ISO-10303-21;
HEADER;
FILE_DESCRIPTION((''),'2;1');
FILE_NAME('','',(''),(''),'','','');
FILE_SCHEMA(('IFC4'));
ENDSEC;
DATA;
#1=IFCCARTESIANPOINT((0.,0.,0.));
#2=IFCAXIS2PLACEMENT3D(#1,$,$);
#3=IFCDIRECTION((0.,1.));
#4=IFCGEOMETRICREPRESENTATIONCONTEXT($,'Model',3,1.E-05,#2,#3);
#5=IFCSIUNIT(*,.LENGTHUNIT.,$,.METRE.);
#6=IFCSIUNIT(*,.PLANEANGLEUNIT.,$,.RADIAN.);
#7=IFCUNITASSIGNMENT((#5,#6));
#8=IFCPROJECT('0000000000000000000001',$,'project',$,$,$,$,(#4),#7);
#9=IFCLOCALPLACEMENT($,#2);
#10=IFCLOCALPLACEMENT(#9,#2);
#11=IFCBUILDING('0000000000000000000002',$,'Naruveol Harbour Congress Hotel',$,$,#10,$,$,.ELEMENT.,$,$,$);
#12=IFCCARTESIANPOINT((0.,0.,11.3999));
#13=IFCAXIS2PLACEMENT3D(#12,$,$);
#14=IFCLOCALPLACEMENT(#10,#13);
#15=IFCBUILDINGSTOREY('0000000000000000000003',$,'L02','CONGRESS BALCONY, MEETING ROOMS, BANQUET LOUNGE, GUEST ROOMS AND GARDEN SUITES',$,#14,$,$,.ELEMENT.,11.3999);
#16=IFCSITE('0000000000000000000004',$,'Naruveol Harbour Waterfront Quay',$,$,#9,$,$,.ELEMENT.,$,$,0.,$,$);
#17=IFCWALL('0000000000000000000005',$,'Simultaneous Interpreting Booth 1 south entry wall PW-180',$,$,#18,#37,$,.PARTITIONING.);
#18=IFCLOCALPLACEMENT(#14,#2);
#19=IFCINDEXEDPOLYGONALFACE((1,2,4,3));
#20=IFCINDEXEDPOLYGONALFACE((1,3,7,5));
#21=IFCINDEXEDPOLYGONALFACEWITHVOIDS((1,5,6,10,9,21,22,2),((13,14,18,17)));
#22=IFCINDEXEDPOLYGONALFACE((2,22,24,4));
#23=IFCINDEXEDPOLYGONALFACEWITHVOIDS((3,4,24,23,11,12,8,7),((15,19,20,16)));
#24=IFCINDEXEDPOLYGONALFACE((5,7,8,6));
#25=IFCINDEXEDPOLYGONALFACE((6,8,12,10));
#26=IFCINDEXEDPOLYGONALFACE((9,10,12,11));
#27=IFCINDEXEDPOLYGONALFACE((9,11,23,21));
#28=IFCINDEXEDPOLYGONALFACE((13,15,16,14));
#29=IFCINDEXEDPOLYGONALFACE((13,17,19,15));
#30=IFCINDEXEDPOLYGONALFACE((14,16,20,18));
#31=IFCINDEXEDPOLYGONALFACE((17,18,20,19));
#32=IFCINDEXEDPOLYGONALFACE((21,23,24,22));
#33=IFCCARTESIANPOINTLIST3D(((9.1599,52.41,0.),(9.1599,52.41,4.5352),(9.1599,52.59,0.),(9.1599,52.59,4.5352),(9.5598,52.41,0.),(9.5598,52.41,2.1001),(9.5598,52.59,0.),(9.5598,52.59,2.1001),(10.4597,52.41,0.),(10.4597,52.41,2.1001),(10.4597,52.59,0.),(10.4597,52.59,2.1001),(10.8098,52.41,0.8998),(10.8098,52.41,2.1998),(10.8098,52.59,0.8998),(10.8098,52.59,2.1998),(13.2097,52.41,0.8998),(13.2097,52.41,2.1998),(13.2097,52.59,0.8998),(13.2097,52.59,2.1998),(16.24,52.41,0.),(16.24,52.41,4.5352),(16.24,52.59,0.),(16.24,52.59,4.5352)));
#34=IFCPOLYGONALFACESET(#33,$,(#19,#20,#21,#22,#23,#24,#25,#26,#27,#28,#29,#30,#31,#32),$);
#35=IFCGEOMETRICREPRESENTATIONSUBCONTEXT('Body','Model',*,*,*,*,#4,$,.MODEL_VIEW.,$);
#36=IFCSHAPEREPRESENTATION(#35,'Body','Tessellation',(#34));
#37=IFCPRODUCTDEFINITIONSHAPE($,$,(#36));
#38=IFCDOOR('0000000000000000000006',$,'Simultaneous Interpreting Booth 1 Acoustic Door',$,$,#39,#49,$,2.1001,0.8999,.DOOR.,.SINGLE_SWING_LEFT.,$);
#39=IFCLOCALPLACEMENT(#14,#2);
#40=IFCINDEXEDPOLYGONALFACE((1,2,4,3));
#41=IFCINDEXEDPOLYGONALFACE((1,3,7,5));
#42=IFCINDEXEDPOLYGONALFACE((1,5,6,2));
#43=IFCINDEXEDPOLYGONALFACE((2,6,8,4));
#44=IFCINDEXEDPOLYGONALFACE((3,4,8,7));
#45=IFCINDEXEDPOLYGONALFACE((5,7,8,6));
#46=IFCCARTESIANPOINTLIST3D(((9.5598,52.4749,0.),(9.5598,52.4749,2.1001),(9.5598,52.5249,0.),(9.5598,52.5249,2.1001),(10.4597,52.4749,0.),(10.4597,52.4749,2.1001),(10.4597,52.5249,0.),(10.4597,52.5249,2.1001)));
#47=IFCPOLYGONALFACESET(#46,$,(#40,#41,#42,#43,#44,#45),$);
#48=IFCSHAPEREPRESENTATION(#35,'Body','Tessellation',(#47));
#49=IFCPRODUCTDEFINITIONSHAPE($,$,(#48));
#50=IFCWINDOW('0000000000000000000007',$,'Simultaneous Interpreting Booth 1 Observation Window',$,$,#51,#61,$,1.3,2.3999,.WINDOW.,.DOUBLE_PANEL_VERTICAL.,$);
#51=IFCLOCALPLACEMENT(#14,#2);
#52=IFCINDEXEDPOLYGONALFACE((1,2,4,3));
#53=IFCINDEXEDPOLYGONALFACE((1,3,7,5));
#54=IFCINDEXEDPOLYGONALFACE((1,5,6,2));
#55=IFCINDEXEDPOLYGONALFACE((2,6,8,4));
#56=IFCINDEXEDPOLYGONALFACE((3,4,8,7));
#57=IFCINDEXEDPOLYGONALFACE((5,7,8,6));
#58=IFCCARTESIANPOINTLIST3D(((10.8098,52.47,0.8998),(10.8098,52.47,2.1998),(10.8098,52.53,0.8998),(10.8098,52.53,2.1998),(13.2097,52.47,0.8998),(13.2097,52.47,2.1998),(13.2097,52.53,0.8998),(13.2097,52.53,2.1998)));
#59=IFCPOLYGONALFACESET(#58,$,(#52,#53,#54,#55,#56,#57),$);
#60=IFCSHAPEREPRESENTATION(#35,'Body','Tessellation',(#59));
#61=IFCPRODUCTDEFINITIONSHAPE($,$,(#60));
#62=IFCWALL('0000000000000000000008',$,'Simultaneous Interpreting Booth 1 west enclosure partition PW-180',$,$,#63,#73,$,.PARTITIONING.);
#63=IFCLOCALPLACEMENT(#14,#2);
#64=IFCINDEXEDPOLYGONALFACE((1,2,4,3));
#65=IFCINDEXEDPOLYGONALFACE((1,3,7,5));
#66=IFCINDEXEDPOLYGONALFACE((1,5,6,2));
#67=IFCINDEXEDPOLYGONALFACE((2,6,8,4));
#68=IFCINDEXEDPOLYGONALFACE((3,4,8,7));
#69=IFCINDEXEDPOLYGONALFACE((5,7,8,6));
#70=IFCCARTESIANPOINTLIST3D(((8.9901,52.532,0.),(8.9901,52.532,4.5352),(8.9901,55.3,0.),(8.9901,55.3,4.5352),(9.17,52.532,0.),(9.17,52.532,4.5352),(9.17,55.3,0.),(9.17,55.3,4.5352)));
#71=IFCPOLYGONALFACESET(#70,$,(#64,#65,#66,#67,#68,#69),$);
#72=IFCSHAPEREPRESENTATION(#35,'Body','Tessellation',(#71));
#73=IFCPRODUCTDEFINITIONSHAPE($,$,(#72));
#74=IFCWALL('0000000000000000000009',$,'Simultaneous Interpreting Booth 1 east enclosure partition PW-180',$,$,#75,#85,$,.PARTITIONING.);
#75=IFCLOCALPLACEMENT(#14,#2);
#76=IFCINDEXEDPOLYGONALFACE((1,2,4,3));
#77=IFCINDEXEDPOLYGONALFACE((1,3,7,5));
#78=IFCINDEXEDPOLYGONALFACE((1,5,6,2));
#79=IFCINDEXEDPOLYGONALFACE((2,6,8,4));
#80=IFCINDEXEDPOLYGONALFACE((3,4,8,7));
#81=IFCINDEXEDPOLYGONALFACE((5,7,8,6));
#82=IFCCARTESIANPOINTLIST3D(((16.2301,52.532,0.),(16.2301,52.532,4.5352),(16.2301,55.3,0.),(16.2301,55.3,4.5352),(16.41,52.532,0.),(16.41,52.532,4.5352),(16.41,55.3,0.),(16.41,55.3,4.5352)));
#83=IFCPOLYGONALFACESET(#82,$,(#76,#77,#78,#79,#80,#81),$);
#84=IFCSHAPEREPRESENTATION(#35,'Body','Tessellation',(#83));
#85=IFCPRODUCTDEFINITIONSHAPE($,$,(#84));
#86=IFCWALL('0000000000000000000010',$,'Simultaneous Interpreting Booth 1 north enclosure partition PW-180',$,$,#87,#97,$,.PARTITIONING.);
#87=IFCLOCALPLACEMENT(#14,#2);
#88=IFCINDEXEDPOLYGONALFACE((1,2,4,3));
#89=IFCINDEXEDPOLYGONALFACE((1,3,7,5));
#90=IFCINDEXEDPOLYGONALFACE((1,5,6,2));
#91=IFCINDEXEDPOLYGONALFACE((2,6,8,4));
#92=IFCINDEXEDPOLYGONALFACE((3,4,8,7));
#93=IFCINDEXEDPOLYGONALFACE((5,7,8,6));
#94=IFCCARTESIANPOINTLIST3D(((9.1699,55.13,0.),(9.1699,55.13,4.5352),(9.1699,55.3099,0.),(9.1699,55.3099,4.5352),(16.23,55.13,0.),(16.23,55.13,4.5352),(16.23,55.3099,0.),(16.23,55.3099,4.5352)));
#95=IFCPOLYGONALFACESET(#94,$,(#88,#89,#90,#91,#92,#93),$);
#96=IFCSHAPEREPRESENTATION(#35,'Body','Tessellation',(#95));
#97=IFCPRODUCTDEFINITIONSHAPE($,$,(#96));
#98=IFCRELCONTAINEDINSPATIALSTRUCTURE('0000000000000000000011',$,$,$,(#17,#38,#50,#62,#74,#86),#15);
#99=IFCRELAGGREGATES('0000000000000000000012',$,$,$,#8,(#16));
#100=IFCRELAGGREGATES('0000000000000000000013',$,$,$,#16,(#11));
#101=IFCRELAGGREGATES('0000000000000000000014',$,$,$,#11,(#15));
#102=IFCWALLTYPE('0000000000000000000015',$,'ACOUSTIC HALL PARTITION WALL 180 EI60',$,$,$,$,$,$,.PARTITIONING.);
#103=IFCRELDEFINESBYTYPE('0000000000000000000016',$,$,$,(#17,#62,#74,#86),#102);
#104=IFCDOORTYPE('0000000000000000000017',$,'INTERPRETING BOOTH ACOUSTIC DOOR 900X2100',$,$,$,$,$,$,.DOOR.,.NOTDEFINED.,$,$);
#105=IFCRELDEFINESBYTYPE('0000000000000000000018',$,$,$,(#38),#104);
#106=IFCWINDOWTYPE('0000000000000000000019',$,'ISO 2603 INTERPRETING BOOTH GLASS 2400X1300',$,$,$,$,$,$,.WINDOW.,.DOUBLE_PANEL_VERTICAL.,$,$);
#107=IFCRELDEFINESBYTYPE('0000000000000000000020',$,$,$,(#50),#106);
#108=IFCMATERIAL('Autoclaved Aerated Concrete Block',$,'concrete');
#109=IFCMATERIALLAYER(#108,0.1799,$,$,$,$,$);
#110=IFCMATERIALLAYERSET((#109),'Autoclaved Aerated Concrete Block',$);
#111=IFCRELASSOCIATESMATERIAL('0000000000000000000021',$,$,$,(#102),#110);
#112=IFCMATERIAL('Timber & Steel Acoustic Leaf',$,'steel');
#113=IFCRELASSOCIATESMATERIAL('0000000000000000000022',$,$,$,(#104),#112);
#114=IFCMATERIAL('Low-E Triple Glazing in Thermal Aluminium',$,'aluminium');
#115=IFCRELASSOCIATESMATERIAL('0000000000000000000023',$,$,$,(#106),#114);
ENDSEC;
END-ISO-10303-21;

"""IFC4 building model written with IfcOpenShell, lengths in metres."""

from ifc_helpers import new_model, si_unit, direction, frame, frame_2d, origin, place, context, subcontext, project, spatial, rectangle, extrude, material, layer, layer_set, type_object, element, fill, save


model = new_model("IFC4")

# Units and contexts
model_context = context("Model", 3, precision=1e-05, world=origin(), true_north=direction((0.0, 1.0)))
body_context = subcontext(model_context, "Body", "Model", "MODEL_VIEW")
ifc_project = project(units=[si_unit("LENGTHUNIT", "METRE"), si_unit("PLANEANGLEUNIT", "RADIAN")], contexts=[model_context])

# Site, building, storey
site_placement = place(None, origin())
site = spatial("IfcSite", under=ifc_project, at=site_placement, Name="Naruveol Harbour Waterfront Quay", CompositionType="ELEMENT", RefElevation=0.0)
building_placement = place(site_placement, origin())
building = spatial("IfcBuilding", under=site, at=building_placement, Name="Naruveol Harbour Congress Hotel", CompositionType="ELEMENT")
storey_placement = place(building_placement, frame((0.0, 0.0, 11.3999)))
storey = spatial("IfcBuildingStorey", under=building, at=storey_placement, Name="L02", Description="CONGRESS BALCONY, MEETING ROOMS, BANQUET LOUNGE, GUEST ROOMS AND GARDEN SUITES", CompositionType="ELEMENT", Elevation=11.3999)

# Wall, openings, door, window
ifc_material_1 = material(Name="Autoclaved Aerated Concrete Block", Category="concrete")
ifc_layer_1 = layer(ifc_material_1, 0.1799)
ifc_layer_set_1 = layer_set([ifc_layer_1], Name="Autoclaved Aerated Concrete Block")
wall_type_1 = type_object("IfcWallType", Name="ACOUSTIC HALL PARTITION WALL 180 EI60", PredefinedType="PARTITIONING", material=ifc_layer_set_1)
wall_1_placement = place(storey_placement, frame((9.1599, 52.5, 0.0), z_axis=(0.0, 0.0, 1.0), x_axis=(1.0, 0.0, 0.0)))
wall_1 = element("IfcWall", 1, at=wall_1_placement, inside=storey, type_object=wall_type_1, Name="Simultaneous Interpreting Booth 1 south entry wall PW-180", PredefinedType="PARTITIONING", context=body_context, shape_type="SweptSolid", body=[
    extrude(rectangle(XDim=7.0801, YDim=0.1799, at=frame_2d((3.54, 0.0))), origin(), (0.0, 0.0, 1.0), 4.5352),
])
opening_1_placement = place(wall_1_placement, frame((0.3999, 0.0, 0.0)))
opening_1 = element("IfcOpeningElement", 2, at=opening_1_placement, cuts=wall_1, PredefinedType="OPENING", context=body_context, shape_type="SweptSolid", body=[
    extrude(rectangle(XDim=0.8999, YDim=2.1001, at=frame_2d((0.45, 1.05))), frame((0.0, 0.0999, 0.0), z_axis=(0.0, -1.0, 0.0), x_axis=(1.0, 0.0, 0.0)), (0.0, 0.0, 1.0), 0.2),
])
opening_2_placement = place(wall_1_placement, frame((1.6499, 0.0, 0.8999)))
opening_2 = element("IfcOpeningElement", 3, at=opening_2_placement, cuts=wall_1, PredefinedType="OPENING", context=body_context, shape_type="SweptSolid", body=[
    extrude(rectangle(XDim=2.3999, YDim=1.3, at=frame_2d((1.2, 0.6499))), frame((0.0, 0.0999, 0.0), z_axis=(0.0, -1.0, 0.0), x_axis=(1.0, 0.0, 0.0)), (0.0, 0.0, 1.0), 0.2),
])
ifc_material_2 = material(Name="Timber & Steel Acoustic Leaf", Category="steel")
door_type = type_object("IfcDoorType", Name="INTERPRETING BOOTH ACOUSTIC DOOR 900X2100", OperationType="NOTDEFINED", PredefinedType="DOOR", material=ifc_material_2)
door_placement = place(opening_1_placement, origin())
door = element("IfcDoor", 4, at=door_placement, inside=storey, type_object=door_type, Name="Simultaneous Interpreting Booth 1 Acoustic Door", OperationType="SINGLE_SWING_LEFT", OverallHeight=2.1001, OverallWidth=0.8999, PredefinedType="DOOR", context=body_context, shape_type="SweptSolid", body=[
    extrude(rectangle(XDim=0.8999, YDim=2.1001, at=frame_2d((0.45, 1.05))), frame((0.0, 0.0249, 0.0), z_axis=(0.0, -1.0, 0.0), x_axis=(1.0, 0.0, 0.0)), (0.0, 0.0, 1.0), 0.05),
])
fill(opening_1, door)
ifc_material_3 = material(Name="Low-E Triple Glazing in Thermal Aluminium", Category="aluminium")
window_type_1 = type_object("IfcWindowType", Name="ISO 2603 INTERPRETING BOOTH GLASS 2400X1300", PartitioningType="DOUBLE_PANEL_VERTICAL", PredefinedType="WINDOW", material=ifc_material_3)
window_1_placement = place(opening_2_placement, origin())
window_1 = element("IfcWindow", 5, at=window_1_placement, inside=storey, type_object=window_type_1, Name="Simultaneous Interpreting Booth 1 Observation Window", OverallHeight=1.3, OverallWidth=2.3999, PartitioningType="DOUBLE_PANEL_VERTICAL", PredefinedType="WINDOW", context=body_context, shape_type="SweptSolid", body=[
    extrude(rectangle(XDim=2.3999, YDim=1.3, at=frame_2d((1.2, 0.6499))), frame((0.0, 0.03, 0.0), z_axis=(0.0, -1.0, 0.0), x_axis=(1.0, 0.0, 0.0)), (0.0, 0.0, 1.0), 0.0601),
])
fill(opening_2, window_1)

# Walls
for number, where, z_axis, x_axis, name in (
    (6, (9.0801, 52.532, 0.0), (0.0, 0.0, 1.0), (0.0, 1.0, 0.0), "Simultaneous Interpreting Booth 1 west enclosure partition PW-180"),
    (7, (16.3201, 52.532, 0.0), (0.0, 0.0, 1.0), (0.0, 1.0, 0.0), "Simultaneous Interpreting Booth 1 east enclosure partition PW-180"),
):
    element("IfcWall", number, at=place(storey_placement, frame(where, z_axis=z_axis, x_axis=x_axis)), inside=storey, type_object=wall_type_1, Name=name, PredefinedType="PARTITIONING", context=body_context, shape_type="SweptSolid", body=[
        extrude(rectangle(XDim=2.7681, YDim=0.1799, at=frame_2d((1.384, 0.0))), origin(), (0.0, 0.0, 1.0), 4.5352),
    ])
wall_2_placement = place(storey_placement, frame((9.1699, 55.22, 0.0), z_axis=(0.0, 0.0, 1.0), x_axis=(1.0, 0.0, 0.0)))
element("IfcWall", 8, at=wall_2_placement, inside=storey, type_object=wall_type_1, Name="Simultaneous Interpreting Booth 1 north enclosure partition PW-180", PredefinedType="PARTITIONING", context=body_context, shape_type="SweptSolid", body=[
    extrude(rectangle(XDim=7.0601, YDim=0.1799, at=frame_2d((3.53, 0.0))), origin(), (0.0, 0.0, 1.0), 4.5352),
])

save(model, "model.ifc")
